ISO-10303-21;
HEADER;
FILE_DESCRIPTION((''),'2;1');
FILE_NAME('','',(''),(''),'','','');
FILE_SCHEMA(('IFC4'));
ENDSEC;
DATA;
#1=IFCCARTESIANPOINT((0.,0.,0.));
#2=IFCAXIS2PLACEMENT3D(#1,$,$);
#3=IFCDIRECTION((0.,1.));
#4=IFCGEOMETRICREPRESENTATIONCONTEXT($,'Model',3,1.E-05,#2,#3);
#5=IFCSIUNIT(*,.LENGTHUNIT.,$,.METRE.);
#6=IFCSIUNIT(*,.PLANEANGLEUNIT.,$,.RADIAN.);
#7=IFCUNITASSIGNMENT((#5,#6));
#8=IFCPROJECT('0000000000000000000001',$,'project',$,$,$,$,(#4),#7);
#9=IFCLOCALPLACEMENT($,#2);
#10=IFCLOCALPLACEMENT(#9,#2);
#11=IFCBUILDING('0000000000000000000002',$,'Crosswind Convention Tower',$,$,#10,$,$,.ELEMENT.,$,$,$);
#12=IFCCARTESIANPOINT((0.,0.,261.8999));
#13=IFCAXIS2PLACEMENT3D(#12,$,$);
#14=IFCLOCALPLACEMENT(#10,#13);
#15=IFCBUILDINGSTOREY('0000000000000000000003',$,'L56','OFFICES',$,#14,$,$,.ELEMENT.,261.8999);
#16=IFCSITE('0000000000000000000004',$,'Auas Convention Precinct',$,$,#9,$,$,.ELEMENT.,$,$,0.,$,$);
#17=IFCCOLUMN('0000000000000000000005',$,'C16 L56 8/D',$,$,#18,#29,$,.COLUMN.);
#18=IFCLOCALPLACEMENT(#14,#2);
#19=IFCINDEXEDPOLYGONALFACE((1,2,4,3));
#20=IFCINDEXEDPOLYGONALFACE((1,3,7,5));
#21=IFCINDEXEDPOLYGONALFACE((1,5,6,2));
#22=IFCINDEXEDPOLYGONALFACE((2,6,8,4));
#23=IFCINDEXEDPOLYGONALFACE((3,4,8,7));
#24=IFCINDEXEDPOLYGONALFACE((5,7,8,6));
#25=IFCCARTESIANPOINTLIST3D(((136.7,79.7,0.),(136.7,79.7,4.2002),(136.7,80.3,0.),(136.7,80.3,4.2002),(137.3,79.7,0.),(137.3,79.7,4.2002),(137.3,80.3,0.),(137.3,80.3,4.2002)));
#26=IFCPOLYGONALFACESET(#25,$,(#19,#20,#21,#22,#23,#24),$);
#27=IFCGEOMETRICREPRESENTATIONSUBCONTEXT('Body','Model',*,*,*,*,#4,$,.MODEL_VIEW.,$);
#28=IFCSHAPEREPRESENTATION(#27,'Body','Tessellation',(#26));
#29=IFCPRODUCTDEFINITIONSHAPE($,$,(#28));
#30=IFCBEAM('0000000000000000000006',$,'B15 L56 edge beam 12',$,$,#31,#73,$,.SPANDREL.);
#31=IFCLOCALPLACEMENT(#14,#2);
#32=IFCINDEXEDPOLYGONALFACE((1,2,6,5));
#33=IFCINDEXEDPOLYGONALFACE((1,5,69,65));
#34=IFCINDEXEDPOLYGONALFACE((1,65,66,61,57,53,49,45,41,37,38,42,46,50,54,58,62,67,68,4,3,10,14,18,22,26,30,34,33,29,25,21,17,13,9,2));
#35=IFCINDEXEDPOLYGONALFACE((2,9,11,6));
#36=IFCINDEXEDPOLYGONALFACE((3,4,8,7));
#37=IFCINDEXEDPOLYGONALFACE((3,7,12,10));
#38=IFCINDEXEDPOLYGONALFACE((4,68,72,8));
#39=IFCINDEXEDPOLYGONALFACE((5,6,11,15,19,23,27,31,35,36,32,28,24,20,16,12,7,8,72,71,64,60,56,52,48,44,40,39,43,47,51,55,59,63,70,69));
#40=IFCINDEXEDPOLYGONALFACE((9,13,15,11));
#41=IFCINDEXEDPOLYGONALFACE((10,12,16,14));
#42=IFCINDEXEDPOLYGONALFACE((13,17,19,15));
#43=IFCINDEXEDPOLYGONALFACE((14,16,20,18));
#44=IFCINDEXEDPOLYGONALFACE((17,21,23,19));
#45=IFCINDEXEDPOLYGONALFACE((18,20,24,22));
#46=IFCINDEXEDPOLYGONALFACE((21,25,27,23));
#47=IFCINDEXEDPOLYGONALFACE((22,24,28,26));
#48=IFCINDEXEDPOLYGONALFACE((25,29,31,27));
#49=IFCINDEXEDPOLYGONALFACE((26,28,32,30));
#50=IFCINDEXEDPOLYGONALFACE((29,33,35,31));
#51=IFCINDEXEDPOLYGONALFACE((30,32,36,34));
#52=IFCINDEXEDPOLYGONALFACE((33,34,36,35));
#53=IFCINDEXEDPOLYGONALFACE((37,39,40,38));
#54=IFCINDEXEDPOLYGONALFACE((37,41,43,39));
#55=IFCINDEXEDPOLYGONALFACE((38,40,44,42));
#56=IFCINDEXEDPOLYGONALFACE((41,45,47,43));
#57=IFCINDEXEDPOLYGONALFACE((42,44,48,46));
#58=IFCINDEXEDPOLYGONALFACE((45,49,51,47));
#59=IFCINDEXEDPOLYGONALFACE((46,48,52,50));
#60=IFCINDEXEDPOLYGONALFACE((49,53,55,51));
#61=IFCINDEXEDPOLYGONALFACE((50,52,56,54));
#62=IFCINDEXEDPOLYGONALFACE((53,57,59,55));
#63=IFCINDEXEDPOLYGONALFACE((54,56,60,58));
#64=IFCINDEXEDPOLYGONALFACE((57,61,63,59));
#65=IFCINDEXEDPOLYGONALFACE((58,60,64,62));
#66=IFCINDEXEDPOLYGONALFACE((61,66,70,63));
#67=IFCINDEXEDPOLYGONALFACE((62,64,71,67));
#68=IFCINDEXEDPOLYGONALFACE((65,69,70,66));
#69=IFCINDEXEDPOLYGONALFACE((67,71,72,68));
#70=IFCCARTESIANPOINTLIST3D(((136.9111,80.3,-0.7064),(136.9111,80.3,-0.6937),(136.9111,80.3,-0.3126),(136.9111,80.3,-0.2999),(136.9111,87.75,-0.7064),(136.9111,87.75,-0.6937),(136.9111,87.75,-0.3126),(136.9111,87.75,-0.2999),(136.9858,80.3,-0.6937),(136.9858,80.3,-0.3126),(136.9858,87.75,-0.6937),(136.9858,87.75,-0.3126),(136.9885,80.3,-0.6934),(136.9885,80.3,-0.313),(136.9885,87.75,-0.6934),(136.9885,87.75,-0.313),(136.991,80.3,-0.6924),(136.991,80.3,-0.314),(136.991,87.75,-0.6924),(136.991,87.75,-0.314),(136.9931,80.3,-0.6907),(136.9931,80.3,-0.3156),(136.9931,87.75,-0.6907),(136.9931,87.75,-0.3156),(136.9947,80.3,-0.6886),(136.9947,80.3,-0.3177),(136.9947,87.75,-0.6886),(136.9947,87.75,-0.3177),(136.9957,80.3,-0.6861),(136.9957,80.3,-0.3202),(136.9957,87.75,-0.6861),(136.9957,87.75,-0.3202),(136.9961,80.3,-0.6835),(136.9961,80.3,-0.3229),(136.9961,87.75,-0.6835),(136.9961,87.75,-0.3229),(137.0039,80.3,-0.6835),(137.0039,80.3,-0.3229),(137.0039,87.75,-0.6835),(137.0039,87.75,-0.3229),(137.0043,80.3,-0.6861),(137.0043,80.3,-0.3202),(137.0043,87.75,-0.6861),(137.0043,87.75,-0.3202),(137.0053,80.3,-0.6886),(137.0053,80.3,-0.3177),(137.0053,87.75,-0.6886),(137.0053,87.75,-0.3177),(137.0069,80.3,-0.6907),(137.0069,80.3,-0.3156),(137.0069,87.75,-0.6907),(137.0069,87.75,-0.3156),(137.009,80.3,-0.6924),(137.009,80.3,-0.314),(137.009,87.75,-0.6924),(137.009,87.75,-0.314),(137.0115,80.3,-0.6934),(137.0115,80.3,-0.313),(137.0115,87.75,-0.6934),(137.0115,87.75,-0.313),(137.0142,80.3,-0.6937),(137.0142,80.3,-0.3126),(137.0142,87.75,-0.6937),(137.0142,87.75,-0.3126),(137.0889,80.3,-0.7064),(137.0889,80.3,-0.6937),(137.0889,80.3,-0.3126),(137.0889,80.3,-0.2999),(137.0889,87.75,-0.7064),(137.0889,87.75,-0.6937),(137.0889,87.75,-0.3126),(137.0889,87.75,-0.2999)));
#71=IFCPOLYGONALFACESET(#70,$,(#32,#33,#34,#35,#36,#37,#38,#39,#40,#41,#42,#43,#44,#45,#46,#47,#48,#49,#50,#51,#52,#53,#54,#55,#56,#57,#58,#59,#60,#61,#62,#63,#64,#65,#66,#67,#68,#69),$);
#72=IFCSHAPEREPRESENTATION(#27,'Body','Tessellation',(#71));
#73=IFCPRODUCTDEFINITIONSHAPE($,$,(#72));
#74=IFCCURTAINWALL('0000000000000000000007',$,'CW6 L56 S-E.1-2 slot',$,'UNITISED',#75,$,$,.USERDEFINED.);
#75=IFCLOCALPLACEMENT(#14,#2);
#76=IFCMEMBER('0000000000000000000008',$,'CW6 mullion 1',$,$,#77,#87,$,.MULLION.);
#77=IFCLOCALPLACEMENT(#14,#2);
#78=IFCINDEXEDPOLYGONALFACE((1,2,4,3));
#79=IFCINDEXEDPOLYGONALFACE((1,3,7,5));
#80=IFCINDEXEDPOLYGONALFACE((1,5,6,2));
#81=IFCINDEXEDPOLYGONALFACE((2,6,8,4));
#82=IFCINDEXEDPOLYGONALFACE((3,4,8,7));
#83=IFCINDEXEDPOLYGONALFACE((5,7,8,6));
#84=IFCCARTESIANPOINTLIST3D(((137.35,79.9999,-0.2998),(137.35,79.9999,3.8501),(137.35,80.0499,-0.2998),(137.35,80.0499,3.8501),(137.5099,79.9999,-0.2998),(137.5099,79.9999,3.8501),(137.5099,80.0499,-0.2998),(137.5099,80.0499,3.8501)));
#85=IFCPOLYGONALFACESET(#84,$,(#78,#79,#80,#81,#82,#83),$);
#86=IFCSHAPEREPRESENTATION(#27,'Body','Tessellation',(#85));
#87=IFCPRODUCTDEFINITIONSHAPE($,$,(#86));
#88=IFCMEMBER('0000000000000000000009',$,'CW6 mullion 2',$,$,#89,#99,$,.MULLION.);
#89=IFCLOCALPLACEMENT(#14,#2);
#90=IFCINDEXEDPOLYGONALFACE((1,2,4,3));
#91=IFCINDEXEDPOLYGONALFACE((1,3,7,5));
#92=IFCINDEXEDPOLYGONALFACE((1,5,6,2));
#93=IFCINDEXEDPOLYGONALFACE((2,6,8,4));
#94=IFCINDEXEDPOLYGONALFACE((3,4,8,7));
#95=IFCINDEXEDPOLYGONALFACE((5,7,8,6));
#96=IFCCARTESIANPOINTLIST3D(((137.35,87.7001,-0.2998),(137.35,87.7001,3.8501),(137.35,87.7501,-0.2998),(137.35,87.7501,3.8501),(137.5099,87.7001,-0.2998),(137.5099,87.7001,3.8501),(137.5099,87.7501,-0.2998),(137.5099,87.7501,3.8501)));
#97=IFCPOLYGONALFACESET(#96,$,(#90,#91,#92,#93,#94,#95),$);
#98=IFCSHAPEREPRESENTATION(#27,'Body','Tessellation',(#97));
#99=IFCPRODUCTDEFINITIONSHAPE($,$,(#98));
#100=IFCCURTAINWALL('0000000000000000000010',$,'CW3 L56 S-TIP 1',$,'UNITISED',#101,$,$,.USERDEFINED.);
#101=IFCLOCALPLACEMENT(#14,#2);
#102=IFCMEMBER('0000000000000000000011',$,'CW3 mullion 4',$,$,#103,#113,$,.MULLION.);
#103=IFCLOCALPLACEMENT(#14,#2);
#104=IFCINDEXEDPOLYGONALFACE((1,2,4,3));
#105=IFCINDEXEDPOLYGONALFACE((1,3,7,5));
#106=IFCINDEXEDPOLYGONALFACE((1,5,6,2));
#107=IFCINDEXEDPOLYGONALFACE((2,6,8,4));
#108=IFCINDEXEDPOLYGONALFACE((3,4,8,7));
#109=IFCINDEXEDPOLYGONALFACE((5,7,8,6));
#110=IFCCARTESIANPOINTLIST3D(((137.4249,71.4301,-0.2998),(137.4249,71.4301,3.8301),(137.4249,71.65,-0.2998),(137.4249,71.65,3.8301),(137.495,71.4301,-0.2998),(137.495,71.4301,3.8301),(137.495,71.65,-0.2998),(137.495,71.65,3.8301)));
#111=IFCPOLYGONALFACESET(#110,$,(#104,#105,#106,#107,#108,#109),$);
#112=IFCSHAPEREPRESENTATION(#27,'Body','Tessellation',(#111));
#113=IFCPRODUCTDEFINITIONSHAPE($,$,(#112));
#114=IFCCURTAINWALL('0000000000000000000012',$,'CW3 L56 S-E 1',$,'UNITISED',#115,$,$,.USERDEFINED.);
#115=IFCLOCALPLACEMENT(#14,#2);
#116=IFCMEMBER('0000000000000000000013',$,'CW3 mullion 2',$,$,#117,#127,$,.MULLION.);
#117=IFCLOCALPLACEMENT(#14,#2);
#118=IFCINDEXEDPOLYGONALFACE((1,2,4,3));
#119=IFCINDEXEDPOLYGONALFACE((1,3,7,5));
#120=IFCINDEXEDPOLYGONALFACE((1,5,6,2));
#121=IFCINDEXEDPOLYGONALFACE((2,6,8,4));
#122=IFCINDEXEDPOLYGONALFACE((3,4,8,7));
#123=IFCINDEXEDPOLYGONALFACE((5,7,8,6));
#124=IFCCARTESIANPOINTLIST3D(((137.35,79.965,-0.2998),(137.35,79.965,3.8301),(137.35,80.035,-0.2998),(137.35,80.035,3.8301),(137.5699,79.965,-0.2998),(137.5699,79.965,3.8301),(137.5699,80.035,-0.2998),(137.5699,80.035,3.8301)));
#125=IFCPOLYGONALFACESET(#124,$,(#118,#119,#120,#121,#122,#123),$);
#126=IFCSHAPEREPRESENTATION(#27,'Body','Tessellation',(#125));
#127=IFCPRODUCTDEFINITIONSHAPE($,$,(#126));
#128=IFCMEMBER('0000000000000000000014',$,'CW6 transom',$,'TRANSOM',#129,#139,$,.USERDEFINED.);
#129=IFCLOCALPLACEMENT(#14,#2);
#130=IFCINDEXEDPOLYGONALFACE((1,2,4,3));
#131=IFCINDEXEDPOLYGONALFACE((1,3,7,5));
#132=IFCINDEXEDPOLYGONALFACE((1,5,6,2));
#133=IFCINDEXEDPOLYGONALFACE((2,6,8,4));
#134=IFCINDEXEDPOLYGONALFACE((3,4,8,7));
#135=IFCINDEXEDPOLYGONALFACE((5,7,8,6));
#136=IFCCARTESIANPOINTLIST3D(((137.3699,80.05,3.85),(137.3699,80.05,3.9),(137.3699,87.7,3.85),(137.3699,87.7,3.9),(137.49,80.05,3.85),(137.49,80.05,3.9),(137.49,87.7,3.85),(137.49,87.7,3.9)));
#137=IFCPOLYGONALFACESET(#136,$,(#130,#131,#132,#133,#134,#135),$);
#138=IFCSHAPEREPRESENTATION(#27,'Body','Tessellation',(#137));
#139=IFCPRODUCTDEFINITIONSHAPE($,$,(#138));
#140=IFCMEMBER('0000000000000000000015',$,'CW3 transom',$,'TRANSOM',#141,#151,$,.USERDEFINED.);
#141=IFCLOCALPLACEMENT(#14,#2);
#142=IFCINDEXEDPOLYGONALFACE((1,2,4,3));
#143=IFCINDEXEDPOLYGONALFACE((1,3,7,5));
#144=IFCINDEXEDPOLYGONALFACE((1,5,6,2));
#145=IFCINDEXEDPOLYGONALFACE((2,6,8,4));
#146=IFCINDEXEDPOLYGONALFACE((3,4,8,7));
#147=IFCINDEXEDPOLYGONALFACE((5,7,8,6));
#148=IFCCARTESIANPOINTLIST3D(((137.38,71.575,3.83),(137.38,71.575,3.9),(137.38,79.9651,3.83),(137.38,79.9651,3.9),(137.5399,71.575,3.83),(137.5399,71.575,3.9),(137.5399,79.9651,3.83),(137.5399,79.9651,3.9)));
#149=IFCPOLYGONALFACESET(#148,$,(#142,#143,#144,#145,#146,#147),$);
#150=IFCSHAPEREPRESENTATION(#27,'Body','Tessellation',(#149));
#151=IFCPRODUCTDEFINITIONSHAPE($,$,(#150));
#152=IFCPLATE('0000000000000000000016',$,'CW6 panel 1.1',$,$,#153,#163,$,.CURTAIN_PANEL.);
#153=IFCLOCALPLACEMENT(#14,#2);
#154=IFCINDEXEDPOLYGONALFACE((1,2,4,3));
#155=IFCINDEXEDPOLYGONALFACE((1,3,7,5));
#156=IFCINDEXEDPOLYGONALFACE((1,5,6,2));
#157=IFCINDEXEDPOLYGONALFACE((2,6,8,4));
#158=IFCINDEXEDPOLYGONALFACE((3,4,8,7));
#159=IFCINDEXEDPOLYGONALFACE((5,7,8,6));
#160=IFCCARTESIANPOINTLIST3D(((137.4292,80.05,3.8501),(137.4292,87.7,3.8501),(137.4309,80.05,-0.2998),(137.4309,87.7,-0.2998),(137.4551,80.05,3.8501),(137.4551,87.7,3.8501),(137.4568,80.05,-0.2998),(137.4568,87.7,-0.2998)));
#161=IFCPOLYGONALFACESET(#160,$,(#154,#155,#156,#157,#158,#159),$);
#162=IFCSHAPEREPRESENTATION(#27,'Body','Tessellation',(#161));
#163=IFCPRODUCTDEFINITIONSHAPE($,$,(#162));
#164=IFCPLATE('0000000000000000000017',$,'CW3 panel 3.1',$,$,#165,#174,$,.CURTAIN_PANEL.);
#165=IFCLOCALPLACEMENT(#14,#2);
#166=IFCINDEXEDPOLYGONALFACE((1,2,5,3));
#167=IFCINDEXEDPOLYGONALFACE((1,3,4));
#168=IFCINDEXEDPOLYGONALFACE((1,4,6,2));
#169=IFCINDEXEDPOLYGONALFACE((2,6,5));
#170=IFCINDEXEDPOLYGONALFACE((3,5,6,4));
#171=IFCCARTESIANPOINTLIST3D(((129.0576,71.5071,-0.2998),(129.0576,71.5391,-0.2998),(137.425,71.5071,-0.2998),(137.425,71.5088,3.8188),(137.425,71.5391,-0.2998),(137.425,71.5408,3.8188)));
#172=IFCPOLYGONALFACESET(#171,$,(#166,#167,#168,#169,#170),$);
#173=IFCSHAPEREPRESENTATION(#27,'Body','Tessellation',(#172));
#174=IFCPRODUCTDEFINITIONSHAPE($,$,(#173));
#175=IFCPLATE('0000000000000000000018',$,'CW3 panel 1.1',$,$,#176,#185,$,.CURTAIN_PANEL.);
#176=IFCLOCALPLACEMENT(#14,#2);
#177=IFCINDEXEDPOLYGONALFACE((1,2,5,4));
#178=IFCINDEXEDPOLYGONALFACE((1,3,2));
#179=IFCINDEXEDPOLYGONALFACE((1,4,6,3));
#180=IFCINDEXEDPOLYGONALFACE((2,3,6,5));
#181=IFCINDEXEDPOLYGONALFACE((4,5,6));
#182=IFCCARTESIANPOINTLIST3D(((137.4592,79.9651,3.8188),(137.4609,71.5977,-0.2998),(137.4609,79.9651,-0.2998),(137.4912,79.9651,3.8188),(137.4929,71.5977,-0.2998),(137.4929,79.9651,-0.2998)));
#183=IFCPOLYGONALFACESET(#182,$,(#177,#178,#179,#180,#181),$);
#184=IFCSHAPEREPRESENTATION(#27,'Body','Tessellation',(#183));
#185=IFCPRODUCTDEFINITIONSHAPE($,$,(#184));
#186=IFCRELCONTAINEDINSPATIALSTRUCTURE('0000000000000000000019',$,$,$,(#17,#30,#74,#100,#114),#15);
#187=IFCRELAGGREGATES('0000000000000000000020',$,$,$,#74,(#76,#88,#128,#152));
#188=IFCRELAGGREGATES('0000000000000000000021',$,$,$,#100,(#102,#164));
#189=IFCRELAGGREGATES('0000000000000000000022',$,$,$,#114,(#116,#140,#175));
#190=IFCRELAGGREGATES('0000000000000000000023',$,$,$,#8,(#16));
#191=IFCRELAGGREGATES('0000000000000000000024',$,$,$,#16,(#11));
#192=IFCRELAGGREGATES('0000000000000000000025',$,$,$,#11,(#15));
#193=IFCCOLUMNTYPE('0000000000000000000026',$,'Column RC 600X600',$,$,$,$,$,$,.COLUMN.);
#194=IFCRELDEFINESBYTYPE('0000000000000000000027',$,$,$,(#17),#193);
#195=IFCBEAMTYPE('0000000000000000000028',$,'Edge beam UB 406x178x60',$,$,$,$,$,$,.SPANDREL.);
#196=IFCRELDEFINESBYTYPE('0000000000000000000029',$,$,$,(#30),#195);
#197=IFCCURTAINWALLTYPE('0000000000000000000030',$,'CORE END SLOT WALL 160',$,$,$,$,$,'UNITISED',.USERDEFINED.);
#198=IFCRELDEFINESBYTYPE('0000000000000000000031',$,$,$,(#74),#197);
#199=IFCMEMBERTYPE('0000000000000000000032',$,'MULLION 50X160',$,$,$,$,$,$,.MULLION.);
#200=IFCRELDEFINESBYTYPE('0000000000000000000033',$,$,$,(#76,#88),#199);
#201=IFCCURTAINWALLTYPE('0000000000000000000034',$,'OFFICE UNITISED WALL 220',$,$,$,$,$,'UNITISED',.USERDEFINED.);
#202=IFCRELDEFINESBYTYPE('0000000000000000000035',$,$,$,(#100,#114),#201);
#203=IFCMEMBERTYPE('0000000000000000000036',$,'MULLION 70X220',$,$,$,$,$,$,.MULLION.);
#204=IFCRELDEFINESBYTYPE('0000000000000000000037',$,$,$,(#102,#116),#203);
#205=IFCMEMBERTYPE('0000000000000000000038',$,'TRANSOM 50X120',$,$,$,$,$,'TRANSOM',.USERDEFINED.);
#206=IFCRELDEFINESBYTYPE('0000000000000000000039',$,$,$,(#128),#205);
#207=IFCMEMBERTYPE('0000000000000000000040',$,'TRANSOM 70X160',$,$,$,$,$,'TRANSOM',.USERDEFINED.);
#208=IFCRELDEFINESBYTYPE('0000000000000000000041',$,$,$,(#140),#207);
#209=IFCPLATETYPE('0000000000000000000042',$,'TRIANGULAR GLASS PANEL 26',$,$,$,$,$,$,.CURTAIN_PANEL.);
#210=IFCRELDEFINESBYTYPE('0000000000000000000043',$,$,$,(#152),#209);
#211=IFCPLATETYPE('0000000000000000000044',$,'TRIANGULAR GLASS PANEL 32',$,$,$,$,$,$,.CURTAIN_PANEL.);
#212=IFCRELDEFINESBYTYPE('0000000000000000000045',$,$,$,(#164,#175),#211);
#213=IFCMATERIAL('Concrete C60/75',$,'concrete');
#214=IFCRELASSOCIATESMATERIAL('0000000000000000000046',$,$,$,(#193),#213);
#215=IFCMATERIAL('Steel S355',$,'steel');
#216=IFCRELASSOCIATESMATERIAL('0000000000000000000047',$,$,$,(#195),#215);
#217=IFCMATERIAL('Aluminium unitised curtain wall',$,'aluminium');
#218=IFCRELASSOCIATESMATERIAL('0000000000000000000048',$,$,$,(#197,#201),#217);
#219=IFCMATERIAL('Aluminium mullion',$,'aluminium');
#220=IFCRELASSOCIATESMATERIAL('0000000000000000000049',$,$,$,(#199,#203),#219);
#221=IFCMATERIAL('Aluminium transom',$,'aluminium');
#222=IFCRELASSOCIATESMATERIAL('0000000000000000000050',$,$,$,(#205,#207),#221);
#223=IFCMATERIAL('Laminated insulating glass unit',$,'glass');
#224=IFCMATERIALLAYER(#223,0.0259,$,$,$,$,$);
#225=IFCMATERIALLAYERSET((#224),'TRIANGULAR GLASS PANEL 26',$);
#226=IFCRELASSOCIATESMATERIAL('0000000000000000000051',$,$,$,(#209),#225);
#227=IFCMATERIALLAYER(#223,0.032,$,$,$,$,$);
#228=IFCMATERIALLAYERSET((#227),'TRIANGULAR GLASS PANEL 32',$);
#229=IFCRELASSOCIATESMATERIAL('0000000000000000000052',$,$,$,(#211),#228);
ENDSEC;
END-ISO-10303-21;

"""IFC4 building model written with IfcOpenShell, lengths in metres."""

from ifc_helpers import new_model, si_unit, direction, frame, origin, origin_2d, place, context, subcontext, project, spatial, polyline, rectangle, i_section, outline, extrude, material, layer, layer_set, material_profile, profile_set, type_object, element, aggregate, save


model = new_model("IFC4")

# Units and contexts
model_context = context("Model", 3, precision=1e-05, world=origin(), true_north=direction((0.0, 1.0)))
body_context = subcontext(model_context, "Body", "Model", "MODEL_VIEW")
ifc_project = project(units=[si_unit("LENGTHUNIT", "METRE"), si_unit("PLANEANGLEUNIT", "RADIAN")], contexts=[model_context])

# Site, building, storey
site_placement = place(None, origin())
site = spatial("IfcSite", under=ifc_project, at=site_placement, Name="Auas Convention Precinct", CompositionType="ELEMENT", RefElevation=0.0)
building_placement = place(site_placement, origin())
building = spatial("IfcBuilding", under=site, at=building_placement, Name="Crosswind Convention Tower", CompositionType="ELEMENT")
storey_placement = place(building_placement, frame((0.0, 0.0, 261.8999)))
storey = spatial("IfcBuildingStorey", under=building, at=storey_placement, Name="L56", Description="OFFICES", CompositionType="ELEMENT", Elevation=261.8999)

# Column
ifc_material_1 = material(Name="Concrete C60/75", Category="concrete")
ifc_material_profile_1 = material_profile(ifc_material_1, rectangle(XDim=0.6001, YDim=0.6001, at=origin_2d()), Name="RC 600X600")
ifc_profile_set_1 = profile_set([ifc_material_profile_1], Name="Concrete C60/75")
column_type = type_object("IfcColumnType", Name="Column RC 600X600", PredefinedType="COLUMN", material=ifc_profile_set_1)
column_placement = place(storey_placement, frame((137.0, 80.0, 0.0), z_axis=(0.0, 0.0, 1.0), x_axis=(1.0, 0.0, 0.0)))
element("IfcColumn", 1, at=column_placement, inside=storey, type_object=column_type, Name="C16 L56 8/D", PredefinedType="COLUMN", context=body_context, shape_type="SweptSolid", body=[
    extrude(rectangle(XDim=0.6001, YDim=0.6001, at=origin_2d()), origin(), (0.0, 0.0, 1.0), 4.2002),
])

# Beam
ifc_material_2 = material(Name="Steel S355", Category="steel")
ifc_material_profile_2 = material_profile(ifc_material_2, i_section(OverallWidth=0.1777, OverallDepth=0.4065, WebThickness=0.0078, FlangeThickness=0.0127, FilletRadius=0.0103, at=origin_2d()), Name="UB 406x178x60")
ifc_profile_set_2 = profile_set([ifc_material_profile_2], Name="Steel S355")
beam_type = type_object("IfcBeamType", Name="Edge beam UB 406x178x60", PredefinedType="SPANDREL", material=ifc_profile_set_2)
beam_placement = place(storey_placement, frame((137.0, 80.3, -0.5032), z_axis=(0.0, 1.0, 0.0), x_axis=(-1.0, 0.0, 0.0)))
element("IfcBeam", 2, at=beam_placement, inside=storey, type_object=beam_type, Name="B15 L56 edge beam 12", PredefinedType="SPANDREL", context=body_context, shape_type="SweptSolid", body=[
    extrude(i_section(OverallWidth=0.1777, OverallDepth=0.4065, WebThickness=0.0078, FlangeThickness=0.0127, FilletRadius=0.0103, at=origin_2d()), origin(), (0.0, 0.0, 1.0), 7.45),
])

# Curtain wall, members
ifc_material_3 = material(Name="Aluminium unitised curtain wall", Category="aluminium")
curtain_wall_type_1 = type_object("IfcCurtainWallType", Name="CORE END SLOT WALL 160", ElementType="UNITISED", PredefinedType="USERDEFINED", material=ifc_material_3)
curtain_wall_1_placement = place(storey_placement, origin())
curtain_wall_1 = element("IfcCurtainWall", 3, at=curtain_wall_1_placement, inside=storey, type_object=curtain_wall_type_1, Name="CW6 L56 S-E.1-2 slot", ObjectType="UNITISED", PredefinedType="USERDEFINED")
ifc_material_4 = material(Name="Aluminium mullion", Category="aluminium")
ifc_material_profile_3 = material_profile(ifc_material_4, rectangle(XDim=0.1599, YDim=0.05, at=origin_2d()), Name="AL 160X50")
ifc_profile_set_3 = profile_set([ifc_material_profile_3], Name="Aluminium mullion")
member_type_1 = type_object("IfcMemberType", Name="MULLION 50X160", PredefinedType="MULLION", material=ifc_profile_set_3)
member_1_placement = place(storey_placement, frame((137.4299, 80.0249, -0.2998), z_axis=(0.0, 0.0, 1.0), x_axis=(1.0, 0.0, 0.0)))
member_1 = element("IfcMember", 4, at=member_1_placement, type_object=member_type_1, Name="CW6 mullion 1", PredefinedType="MULLION", context=body_context, shape_type="SweptSolid", body=[
    extrude(rectangle(XDim=0.1599, YDim=0.05, at=origin_2d()), origin(), (0.0, 0.0, 1.0), 4.1499),
])
member_2_placement = place(storey_placement, frame((137.4299, 87.7251, -0.2998), z_axis=(0.0, 0.0, 1.0), x_axis=(1.0, 0.0, 0.0)))
member_2 = element("IfcMember", 5, at=member_2_placement, type_object=member_type_1, Name="CW6 mullion 2", PredefinedType="MULLION", context=body_context, shape_type="SweptSolid", body=[
    extrude(rectangle(XDim=0.1599, YDim=0.05, at=origin_2d()), origin(), (0.0, 0.0, 1.0), 4.1499),
])

# Curtain walls, members
curtain_wall_type_2 = type_object("IfcCurtainWallType", Name="OFFICE UNITISED WALL 220", ElementType="UNITISED", PredefinedType="USERDEFINED", material=ifc_material_3)
curtain_wall_2_placement = place(storey_placement, origin())
curtain_wall_2 = element("IfcCurtainWall", 6, at=curtain_wall_2_placement, inside=storey, type_object=curtain_wall_type_2, Name="CW3 L56 S-TIP 1", ObjectType="UNITISED", PredefinedType="USERDEFINED")
ifc_material_profile_4 = material_profile(ifc_material_4, rectangle(XDim=0.22, YDim=0.0701, at=origin_2d()), Name="AL 220X70")
ifc_profile_set_4 = profile_set([ifc_material_profile_4], Name="Aluminium mullion")
member_type_2 = type_object("IfcMemberType", Name="MULLION 70X220", PredefinedType="MULLION", material=ifc_profile_set_4)
member_3_placement = place(storey_placement, frame((137.46, 71.54, -0.2998), z_axis=(0.0, 0.0, 1.0), x_axis=(0.0, -1.0, 0.0)))
member_3 = element("IfcMember", 7, at=member_3_placement, type_object=member_type_2, Name="CW3 mullion 4", PredefinedType="MULLION", context=body_context, shape_type="SweptSolid", body=[
    extrude(rectangle(XDim=0.22, YDim=0.0701, at=origin_2d()), origin(), (0.0, 0.0, 1.0), 4.1299),
])
curtain_wall_3_placement = place(storey_placement, origin())
curtain_wall_3 = element("IfcCurtainWall", 8, at=curtain_wall_3_placement, inside=storey, type_object=curtain_wall_type_2, Name="CW3 L56 S-E 1", ObjectType="UNITISED", PredefinedType="USERDEFINED")
member_4_placement = place(storey_placement, frame((137.46, 80.0, -0.2998), z_axis=(0.0, 0.0, 1.0), x_axis=(1.0, 0.0, 0.0)))
member_4 = element("IfcMember", 9, at=member_4_placement, type_object=member_type_2, Name="CW3 mullion 2", PredefinedType="MULLION", context=body_context, shape_type="SweptSolid", body=[
    extrude(rectangle(XDim=0.22, YDim=0.0701, at=origin_2d()), origin(), (0.0, 0.0, 1.0), 4.1299),
])

# Members
ifc_material_5 = material(Name="Aluminium transom", Category="aluminium")
ifc_material_profile_5 = material_profile(ifc_material_5, rectangle(XDim=0.1201, YDim=0.05, at=origin_2d()), Name="AL 120X50")
ifc_profile_set_5 = profile_set([ifc_material_profile_5], Name="Aluminium transom")
member_type_3 = type_object("IfcMemberType", Name="TRANSOM 50X120", ElementType="TRANSOM", PredefinedType="USERDEFINED", material=ifc_profile_set_5)
member_5_placement = place(storey_placement, frame((137.4299, 80.05, 3.875), z_axis=(0.0, 1.0, 0.0), x_axis=(-1.0, 0.0, 0.0)))
member_5 = element("IfcMember", 10, at=member_5_placement, type_object=member_type_3, Name="CW6 transom", ObjectType="TRANSOM", PredefinedType="USERDEFINED", context=body_context, shape_type="SweptSolid", body=[
    extrude(rectangle(XDim=0.1201, YDim=0.05, at=origin_2d()), origin(), (0.0, 0.0, 1.0), 7.6499),
])
ifc_material_profile_6 = material_profile(ifc_material_5, rectangle(XDim=0.1599, YDim=0.0701, at=origin_2d()), Name="AL 160X70")
ifc_profile_set_6 = profile_set([ifc_material_profile_6], Name="Aluminium transom")
member_type_4 = type_object("IfcMemberType", Name="TRANSOM 70X160", ElementType="TRANSOM", PredefinedType="USERDEFINED", material=ifc_profile_set_6)
member_6_placement = place(storey_placement, frame((137.46, 71.575, 3.865), z_axis=(0.0, 1.0, 0.0), x_axis=(-1.0, 0.0, 0.0)))
member_6 = element("IfcMember", 11, at=member_6_placement, type_object=member_type_4, Name="CW3 transom", ObjectType="TRANSOM", PredefinedType="USERDEFINED", context=body_context, shape_type="SweptSolid", body=[
    extrude(rectangle(XDim=0.1599, YDim=0.0701, at=origin_2d()), origin(), (0.0, 0.0, 1.0), 8.3901),
])

# Plates
ifc_material_6 = material(Name="Laminated insulating glass unit", Category="glass")
ifc_layer_1 = layer(ifc_material_6, 0.0259)
ifc_layer_set_1 = layer_set([ifc_layer_1], Name="TRIANGULAR GLASS PANEL 26")
plate_type_1 = type_object("IfcPlateType", Name="TRIANGULAR GLASS PANEL 26", PredefinedType="CURTAIN_PANEL", material=ifc_layer_set_1)
plate_1_placement = place(storey_placement, frame((137.4568, 80.05, -0.2998), z_axis=(1.0, 0.0, 0.000412), x_axis=(0.0, 1.0, 0.0)))
plate_1 = element("IfcPlate", 12, at=plate_1_placement, type_object=plate_type_1, Name="CW6 panel 1.1", PredefinedType="CURTAIN_PANEL", context=body_context, shape_type="SweptSolid", body=[
    extrude(outline(polyline([(0.0, 0.0), (7.6499, 0.0), (7.6499, 4.1499), (0.0, 4.1499), (0.0, 0.0)])), origin(), (0.0, 0.0, -1.0), 0.0259),
])
aggregate(curtain_wall_1, [member_1, member_2, member_5, plate_1])
ifc_layer_2 = layer(ifc_material_6, 0.032)
ifc_layer_set_2 = layer_set([ifc_layer_2], Name="TRIANGULAR GLASS PANEL 32")
plate_type_2 = type_object("IfcPlateType", Name="TRIANGULAR GLASS PANEL 32", PredefinedType="CURTAIN_PANEL", material=ifc_layer_set_2)
plate_2_placement = place(storey_placement, frame((137.425, 71.5071, -0.2998), z_axis=(0.0, -1.0, 0.000415), x_axis=(0.0, 0.000415, 1.0)))
plate_2 = element("IfcPlate", 13, at=plate_2_placement, type_object=plate_type_2, Name="CW3 panel 3.1", PredefinedType="CURTAIN_PANEL", context=body_context, shape_type="SweptSolid", body=[
    extrude(outline(polyline([(0.0, 0.0), (4.1187, 0.0), (0.0, 8.3674), (0.0, 0.0)])), origin(), (0.0, 0.0, -1.0), 0.032),
])
aggregate(curtain_wall_2, [member_3, plate_2])
plate_3_placement = place(storey_placement, frame((137.4929, 79.9651, -0.2998), z_axis=(1.0, 0.0, 0.000415), x_axis=(-0.000415, 0.0, 1.0)))
plate_3 = element("IfcPlate", 14, at=plate_3_placement, type_object=plate_type_2, Name="CW3 panel 1.1", PredefinedType="CURTAIN_PANEL", context=body_context, shape_type="SweptSolid", body=[
    extrude(outline(polyline([(0.0, 0.0), (4.1187, 0.0), (0.0, 8.3674), (0.0, 0.0)])), origin(), (0.0, 0.0, -1.0), 0.032),
])

aggregate(curtain_wall_3, [member_4, member_6, plate_3])

save(model, "model.ifc")
